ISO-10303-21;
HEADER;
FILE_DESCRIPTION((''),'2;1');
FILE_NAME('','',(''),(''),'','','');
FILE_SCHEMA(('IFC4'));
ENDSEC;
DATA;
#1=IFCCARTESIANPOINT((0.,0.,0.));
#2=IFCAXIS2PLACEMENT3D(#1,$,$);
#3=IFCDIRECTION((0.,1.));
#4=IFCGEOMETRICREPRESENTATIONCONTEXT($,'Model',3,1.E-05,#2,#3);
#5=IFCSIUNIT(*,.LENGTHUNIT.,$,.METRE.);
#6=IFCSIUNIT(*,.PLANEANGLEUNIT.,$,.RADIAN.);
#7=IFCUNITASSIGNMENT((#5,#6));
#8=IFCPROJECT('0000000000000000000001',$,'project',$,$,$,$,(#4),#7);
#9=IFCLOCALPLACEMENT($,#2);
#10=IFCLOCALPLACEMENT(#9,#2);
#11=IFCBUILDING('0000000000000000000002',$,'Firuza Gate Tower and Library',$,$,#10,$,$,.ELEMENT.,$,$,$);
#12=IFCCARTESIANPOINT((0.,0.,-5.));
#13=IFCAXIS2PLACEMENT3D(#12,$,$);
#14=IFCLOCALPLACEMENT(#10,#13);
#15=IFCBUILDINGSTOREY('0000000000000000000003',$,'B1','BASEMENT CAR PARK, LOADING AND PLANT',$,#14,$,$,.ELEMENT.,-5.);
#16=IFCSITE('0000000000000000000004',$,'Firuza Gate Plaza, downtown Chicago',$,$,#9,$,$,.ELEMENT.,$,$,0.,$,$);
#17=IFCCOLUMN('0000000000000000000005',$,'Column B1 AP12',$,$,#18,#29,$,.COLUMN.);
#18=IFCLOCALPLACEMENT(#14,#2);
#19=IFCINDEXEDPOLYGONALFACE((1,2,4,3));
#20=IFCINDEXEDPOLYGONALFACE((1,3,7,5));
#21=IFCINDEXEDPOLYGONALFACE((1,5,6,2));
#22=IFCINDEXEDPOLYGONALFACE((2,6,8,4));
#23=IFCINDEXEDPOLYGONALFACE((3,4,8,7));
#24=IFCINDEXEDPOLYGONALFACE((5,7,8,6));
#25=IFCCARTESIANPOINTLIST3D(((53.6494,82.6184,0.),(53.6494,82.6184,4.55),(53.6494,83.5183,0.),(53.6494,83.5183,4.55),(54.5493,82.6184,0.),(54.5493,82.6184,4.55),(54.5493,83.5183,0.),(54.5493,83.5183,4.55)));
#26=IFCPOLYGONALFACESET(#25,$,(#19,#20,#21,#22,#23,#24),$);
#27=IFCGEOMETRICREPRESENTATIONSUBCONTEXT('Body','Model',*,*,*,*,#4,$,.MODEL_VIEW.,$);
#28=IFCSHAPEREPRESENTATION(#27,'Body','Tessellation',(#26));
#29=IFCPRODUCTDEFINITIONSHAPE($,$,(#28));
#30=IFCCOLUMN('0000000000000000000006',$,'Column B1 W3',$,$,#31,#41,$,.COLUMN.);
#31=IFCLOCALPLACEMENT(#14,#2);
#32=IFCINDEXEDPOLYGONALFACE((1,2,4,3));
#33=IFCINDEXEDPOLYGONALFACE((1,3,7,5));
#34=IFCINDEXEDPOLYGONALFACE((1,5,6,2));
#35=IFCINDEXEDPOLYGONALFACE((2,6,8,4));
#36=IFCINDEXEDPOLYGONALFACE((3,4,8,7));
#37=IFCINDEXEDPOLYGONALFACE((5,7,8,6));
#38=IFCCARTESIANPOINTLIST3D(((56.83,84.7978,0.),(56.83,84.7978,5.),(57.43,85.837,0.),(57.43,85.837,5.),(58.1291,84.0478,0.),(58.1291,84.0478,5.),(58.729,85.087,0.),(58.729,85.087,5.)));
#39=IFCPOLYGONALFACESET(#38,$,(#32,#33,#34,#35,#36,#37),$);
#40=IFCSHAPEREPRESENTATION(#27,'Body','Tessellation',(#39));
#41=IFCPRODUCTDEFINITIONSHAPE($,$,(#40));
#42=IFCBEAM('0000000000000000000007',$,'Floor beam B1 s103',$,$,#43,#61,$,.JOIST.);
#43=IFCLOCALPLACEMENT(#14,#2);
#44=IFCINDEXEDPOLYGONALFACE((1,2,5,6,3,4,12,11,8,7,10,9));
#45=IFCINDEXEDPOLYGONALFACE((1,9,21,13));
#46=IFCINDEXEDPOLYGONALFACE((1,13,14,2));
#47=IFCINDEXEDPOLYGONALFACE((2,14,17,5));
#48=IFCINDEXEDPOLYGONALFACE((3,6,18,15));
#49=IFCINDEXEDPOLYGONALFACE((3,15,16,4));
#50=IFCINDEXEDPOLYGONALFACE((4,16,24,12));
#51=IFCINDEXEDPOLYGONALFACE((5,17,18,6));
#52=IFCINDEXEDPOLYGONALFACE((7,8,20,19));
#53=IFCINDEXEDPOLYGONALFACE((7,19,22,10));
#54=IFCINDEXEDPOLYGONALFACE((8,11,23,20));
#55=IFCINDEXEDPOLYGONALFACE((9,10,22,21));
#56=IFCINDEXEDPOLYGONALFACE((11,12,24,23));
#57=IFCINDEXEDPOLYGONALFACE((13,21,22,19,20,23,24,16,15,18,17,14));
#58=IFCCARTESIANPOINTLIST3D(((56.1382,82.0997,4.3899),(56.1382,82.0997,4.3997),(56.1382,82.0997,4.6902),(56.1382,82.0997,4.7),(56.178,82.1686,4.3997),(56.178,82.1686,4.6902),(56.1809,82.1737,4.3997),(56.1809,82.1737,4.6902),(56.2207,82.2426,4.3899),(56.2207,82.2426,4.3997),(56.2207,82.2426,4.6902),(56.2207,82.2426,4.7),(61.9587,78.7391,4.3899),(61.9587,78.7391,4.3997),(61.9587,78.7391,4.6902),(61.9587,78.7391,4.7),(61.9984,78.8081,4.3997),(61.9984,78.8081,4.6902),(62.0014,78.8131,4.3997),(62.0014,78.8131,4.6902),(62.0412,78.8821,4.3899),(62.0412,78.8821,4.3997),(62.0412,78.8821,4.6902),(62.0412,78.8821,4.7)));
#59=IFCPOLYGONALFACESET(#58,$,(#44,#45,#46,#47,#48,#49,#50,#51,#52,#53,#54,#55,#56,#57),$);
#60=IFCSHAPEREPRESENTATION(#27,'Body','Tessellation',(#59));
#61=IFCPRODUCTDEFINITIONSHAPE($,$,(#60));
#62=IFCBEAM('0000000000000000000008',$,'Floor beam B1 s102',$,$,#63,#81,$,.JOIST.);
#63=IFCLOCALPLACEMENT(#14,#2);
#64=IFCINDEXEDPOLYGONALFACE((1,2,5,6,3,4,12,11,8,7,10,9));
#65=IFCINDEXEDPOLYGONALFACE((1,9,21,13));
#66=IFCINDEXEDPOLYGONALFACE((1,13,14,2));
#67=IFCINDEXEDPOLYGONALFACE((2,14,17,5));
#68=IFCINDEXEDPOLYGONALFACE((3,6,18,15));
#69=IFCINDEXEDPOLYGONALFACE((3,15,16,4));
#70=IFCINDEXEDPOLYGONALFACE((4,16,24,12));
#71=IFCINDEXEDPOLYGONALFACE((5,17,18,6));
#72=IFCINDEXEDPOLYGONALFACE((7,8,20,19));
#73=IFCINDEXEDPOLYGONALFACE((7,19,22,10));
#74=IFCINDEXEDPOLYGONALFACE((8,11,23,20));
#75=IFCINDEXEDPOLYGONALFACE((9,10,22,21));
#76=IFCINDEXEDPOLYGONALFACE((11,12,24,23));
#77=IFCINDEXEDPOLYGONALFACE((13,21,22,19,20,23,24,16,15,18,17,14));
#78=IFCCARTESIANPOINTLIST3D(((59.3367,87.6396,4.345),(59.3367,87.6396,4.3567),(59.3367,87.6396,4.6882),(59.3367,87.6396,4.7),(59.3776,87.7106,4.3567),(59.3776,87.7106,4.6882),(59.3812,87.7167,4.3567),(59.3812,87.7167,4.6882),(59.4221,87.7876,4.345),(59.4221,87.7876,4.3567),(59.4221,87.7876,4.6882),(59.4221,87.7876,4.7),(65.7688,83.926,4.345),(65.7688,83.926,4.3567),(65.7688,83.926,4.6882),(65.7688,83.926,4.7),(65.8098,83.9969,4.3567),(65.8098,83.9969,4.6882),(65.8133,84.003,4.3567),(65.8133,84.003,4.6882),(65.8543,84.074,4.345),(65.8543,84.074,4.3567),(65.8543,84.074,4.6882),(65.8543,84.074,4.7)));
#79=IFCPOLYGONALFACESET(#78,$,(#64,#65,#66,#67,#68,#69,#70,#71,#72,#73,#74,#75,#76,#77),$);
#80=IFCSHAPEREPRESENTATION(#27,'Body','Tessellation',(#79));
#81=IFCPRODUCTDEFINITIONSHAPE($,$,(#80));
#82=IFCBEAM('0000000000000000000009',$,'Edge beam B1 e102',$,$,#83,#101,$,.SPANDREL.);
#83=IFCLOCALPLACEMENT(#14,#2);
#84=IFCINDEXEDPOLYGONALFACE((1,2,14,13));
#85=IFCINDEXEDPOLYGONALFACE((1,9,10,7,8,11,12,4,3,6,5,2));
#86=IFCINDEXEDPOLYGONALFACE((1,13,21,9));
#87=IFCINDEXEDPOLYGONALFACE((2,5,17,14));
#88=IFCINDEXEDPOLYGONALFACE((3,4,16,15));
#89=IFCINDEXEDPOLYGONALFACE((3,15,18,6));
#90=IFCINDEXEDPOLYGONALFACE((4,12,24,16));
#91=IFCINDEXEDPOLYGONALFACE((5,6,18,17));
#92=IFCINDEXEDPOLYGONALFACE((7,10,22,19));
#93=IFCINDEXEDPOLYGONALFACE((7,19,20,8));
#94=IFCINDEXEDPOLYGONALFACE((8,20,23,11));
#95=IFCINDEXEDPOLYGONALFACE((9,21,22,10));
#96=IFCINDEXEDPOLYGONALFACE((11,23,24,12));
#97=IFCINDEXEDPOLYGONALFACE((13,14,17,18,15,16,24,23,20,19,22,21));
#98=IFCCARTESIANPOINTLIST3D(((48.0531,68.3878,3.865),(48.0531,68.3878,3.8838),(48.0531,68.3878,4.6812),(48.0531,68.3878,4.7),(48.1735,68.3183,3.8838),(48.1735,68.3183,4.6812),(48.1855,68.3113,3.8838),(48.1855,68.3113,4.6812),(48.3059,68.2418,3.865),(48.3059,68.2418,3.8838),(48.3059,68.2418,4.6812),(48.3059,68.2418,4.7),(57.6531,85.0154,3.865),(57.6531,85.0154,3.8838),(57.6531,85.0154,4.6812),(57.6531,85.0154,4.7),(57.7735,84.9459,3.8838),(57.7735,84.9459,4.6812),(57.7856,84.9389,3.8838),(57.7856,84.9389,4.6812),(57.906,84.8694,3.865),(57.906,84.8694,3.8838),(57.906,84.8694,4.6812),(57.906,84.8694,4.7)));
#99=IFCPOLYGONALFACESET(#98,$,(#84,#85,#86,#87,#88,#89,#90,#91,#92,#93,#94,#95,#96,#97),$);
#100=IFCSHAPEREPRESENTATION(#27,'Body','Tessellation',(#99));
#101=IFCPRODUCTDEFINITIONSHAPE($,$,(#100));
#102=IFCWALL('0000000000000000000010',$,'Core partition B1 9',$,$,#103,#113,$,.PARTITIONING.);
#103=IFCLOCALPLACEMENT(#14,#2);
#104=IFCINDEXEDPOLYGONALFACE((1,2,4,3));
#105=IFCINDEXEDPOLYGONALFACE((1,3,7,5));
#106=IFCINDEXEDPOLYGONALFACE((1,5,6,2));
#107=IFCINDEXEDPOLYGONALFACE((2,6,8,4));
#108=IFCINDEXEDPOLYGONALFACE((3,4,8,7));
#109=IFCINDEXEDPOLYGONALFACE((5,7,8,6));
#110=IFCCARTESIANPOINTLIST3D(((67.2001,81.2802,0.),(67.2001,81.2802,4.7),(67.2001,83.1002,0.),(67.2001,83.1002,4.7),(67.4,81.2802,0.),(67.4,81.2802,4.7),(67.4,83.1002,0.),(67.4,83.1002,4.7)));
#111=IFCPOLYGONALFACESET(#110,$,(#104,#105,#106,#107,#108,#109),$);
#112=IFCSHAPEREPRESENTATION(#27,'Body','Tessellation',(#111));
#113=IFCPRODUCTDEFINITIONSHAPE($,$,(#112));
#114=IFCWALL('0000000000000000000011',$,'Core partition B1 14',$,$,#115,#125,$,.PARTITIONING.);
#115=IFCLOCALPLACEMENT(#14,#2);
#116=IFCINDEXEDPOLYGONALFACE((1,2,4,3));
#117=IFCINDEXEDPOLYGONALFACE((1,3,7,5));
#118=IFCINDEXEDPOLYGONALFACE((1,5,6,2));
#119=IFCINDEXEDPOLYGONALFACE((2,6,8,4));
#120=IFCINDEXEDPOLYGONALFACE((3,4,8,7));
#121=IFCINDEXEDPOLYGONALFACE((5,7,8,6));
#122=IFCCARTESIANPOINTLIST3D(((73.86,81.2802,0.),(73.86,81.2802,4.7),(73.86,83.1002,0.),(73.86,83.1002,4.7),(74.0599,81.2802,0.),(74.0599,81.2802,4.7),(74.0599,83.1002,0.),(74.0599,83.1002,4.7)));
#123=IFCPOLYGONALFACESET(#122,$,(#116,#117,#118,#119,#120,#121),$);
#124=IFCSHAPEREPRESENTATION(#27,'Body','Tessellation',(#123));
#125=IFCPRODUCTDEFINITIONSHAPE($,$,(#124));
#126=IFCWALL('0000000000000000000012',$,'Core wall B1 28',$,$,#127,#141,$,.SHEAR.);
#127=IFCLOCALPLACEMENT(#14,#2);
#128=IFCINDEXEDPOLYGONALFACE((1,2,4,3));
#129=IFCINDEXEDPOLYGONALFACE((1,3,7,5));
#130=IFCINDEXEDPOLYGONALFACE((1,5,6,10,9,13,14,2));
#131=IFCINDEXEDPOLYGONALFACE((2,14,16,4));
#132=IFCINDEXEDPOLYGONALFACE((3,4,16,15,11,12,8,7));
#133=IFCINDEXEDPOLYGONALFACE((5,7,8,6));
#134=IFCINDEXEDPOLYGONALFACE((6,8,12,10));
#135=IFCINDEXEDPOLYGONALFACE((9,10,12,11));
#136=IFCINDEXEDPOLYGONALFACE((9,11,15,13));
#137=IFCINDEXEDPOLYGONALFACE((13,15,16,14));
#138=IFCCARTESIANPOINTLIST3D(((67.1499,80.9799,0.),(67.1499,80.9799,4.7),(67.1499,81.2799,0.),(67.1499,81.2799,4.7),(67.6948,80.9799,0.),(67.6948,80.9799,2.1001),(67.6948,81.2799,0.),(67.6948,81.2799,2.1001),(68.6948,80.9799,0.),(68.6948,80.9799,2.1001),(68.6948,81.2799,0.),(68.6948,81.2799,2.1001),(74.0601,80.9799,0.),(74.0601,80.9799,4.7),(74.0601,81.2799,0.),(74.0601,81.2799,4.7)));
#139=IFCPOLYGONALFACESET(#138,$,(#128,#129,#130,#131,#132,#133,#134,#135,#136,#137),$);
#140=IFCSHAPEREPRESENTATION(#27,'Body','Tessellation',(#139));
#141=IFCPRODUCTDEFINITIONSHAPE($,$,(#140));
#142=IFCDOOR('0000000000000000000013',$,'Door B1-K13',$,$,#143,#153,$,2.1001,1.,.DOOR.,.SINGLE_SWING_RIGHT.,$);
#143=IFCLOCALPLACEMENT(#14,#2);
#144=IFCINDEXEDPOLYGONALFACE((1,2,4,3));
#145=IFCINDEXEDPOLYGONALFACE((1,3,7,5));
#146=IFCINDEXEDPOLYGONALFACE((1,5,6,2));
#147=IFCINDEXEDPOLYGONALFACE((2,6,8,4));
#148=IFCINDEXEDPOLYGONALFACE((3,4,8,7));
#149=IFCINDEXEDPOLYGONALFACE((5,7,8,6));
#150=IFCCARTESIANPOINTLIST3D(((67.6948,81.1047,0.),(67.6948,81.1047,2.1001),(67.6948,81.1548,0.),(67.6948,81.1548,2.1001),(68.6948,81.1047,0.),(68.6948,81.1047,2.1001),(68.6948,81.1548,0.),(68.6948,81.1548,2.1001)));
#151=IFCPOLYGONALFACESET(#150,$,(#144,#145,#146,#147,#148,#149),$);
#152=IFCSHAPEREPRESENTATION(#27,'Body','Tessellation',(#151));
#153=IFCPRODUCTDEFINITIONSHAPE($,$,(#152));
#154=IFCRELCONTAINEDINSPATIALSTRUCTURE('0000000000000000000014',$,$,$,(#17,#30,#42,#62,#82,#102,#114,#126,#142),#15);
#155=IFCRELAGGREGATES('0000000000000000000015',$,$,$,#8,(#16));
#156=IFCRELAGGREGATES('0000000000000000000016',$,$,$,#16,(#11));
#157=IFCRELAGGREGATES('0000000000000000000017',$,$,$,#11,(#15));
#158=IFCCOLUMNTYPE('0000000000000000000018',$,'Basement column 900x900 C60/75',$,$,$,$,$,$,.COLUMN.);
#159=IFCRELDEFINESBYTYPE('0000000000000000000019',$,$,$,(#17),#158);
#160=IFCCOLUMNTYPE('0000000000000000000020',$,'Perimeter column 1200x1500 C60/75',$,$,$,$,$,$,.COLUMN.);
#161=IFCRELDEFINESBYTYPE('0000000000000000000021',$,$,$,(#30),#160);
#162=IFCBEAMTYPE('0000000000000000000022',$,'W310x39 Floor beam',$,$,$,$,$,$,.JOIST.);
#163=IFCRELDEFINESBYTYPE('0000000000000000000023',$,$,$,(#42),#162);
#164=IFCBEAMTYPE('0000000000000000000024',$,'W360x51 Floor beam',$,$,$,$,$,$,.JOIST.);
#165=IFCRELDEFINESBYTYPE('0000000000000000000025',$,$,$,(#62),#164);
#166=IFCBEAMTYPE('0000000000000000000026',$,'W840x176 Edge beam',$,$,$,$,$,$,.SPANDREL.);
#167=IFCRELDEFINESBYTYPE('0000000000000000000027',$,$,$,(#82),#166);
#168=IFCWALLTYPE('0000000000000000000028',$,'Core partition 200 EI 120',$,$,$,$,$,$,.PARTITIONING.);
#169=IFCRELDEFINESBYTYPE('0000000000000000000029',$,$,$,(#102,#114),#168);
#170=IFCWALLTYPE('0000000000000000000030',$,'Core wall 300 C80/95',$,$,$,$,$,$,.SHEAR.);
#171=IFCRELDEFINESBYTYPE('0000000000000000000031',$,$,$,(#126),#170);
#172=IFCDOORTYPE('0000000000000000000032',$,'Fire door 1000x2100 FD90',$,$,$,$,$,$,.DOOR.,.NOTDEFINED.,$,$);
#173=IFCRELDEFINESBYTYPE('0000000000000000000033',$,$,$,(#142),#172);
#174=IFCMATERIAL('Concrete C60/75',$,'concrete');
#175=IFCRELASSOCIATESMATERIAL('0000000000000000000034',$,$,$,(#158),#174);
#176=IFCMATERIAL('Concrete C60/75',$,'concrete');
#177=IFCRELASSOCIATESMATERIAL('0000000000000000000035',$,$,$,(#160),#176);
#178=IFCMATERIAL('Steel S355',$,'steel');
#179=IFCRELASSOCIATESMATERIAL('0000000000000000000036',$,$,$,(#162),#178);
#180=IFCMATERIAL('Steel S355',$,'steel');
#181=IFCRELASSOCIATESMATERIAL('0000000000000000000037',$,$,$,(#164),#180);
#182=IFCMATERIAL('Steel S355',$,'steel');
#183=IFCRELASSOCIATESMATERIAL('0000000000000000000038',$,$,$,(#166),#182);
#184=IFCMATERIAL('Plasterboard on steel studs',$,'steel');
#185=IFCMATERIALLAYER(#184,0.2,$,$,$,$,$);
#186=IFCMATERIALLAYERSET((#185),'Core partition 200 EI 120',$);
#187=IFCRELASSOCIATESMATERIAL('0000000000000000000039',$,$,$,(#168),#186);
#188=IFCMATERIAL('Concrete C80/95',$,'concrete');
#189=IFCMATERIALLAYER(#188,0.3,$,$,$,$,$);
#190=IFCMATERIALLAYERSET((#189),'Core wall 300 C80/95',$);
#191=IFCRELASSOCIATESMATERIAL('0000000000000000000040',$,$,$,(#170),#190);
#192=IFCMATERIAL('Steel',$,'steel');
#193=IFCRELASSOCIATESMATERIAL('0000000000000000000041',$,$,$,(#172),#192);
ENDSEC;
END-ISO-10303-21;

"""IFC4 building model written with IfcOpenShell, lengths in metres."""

from ifc_helpers import new_model, si_unit, direction, frame, frame_2d, origin, origin_2d, place, context, subcontext, project, spatial, rectangle, i_section, extrude, material, layer, layer_set, material_profile, profile_set, type_object, element, fill, save


model = new_model("IFC4")

# Units and contexts
model_context = context("Model", 3, precision=1e-05, world=origin(), true_north=direction((0.0, 1.0)))
body_context = subcontext(model_context, "Body", "Model", "MODEL_VIEW")
ifc_project = project(units=[si_unit("LENGTHUNIT", "METRE"), si_unit("PLANEANGLEUNIT", "RADIAN")], contexts=[model_context])

# Site, building, storey
site_placement = place(None, origin())
site = spatial("IfcSite", under=ifc_project, at=site_placement, Name="Firuza Gate Plaza, downtown Chicago", CompositionType="ELEMENT", RefElevation=0.0)
building_placement = place(site_placement, origin())
building = spatial("IfcBuilding", under=site, at=building_placement, Name="Firuza Gate Tower and Library", CompositionType="ELEMENT")
storey_placement = place(building_placement, frame((0.0, 0.0, -5.0)))
storey = spatial("IfcBuildingStorey", under=building, at=storey_placement, Name="B1", Description="BASEMENT CAR PARK, LOADING AND PLANT", CompositionType="ELEMENT", Elevation=-5.0)

# Columns
ifc_material_1 = material(Name="Concrete C60/75", Category="concrete")
ifc_material_profile_1 = material_profile(ifc_material_1, rectangle(XDim=0.8999, YDim=0.8999, at=origin_2d()))
ifc_profile_set_1 = profile_set([ifc_material_profile_1], Name="Concrete C60/75")
column_type_1 = type_object("IfcColumnType", Name="Basement column 900x900 C60/75", PredefinedType="COLUMN", material=ifc_profile_set_1)
column_1_placement = place(storey_placement, frame((54.0994, 83.0684, 0.0), z_axis=(0.0, 0.0, 1.0), x_axis=(1.0, 0.0, 0.0)))
element("IfcColumn", 1, at=column_1_placement, inside=storey, type_object=column_type_1, Name="Column B1 AP12", PredefinedType="COLUMN", context=body_context, shape_type="SweptSolid", body=[
    extrude(rectangle(XDim=0.8999, YDim=0.8999, at=origin_2d()), origin(), (0.0, 0.0, 1.0), 4.55),
])
ifc_material_2 = material(Name="Concrete C60/75", Category="concrete")
ifc_material_profile_2 = material_profile(ifc_material_2, rectangle(XDim=1.2, YDim=1.5, at=origin_2d()))
ifc_profile_set_2 = profile_set([ifc_material_profile_2], Name="Concrete C60/75")
column_type_2 = type_object("IfcColumnType", Name="Perimeter column 1200x1500 C60/75", PredefinedType="COLUMN", material=ifc_profile_set_2)
column_2_placement = place(storey_placement, frame((57.7795, 84.9424, 0.0), z_axis=(0.0, 0.0, 1.0), x_axis=(-0.5, -0.866025, 0.0)))
element("IfcColumn", 2, at=column_2_placement, inside=storey, type_object=column_type_2, Name="Column B1 W3", PredefinedType="COLUMN", context=body_context, shape_type="SweptSolid", body=[
    extrude(rectangle(XDim=1.2, YDim=1.5, at=origin_2d()), origin(), (0.0, 0.0, 1.0), 5.0),
])

# Beams
ifc_material_3 = material(Name="Steel S355", Category="steel")
ifc_material_profile_3 = material_profile(ifc_material_3, i_section(OverallWidth=0.165, OverallDepth=0.3101, WebThickness=0.0059, FlangeThickness=0.0098, at=origin_2d()))
ifc_profile_set_3 = profile_set([ifc_material_profile_3], Name="Steel S355")
beam_type_1 = type_object("IfcBeamType", Name="W310x39 Floor beam", PredefinedType="JOIST", material=ifc_profile_set_3)
beam_1_placement = place(storey_placement, frame((56.1794, 82.1711, 4.5449), z_axis=(0.866019, -0.500011, 0.0), x_axis=(0.500011, 0.866019, 0.0)))
element("IfcBeam", 3, at=beam_1_placement, inside=storey, type_object=beam_type_1, Name="Floor beam B1 s103", PredefinedType="JOIST", context=body_context, shape_type="SweptSolid", body=[
    extrude(i_section(OverallWidth=0.165, OverallDepth=0.3101, WebThickness=0.0059, FlangeThickness=0.0098, at=origin_2d()), origin(), (0.0, 0.0, 1.0), 6.7209),
])
ifc_material_4 = material(Name="Steel S355", Category="steel")
ifc_material_profile_4 = material_profile(ifc_material_4, i_section(OverallWidth=0.1709, OverallDepth=0.355, WebThickness=0.0071, FlangeThickness=0.0117, at=origin_2d()))
ifc_profile_set_4 = profile_set([ifc_material_profile_4], Name="Steel S355")
beam_type_2 = type_object("IfcBeamType", Name="W360x51 Floor beam", PredefinedType="JOIST", material=ifc_profile_set_4)
beam_2_placement = place(storey_placement, frame((59.3794, 87.7136, 4.5225), z_axis=(0.866024, -0.500003, 0.0), x_axis=(0.500003, 0.866024, 0.0)))
element("IfcBeam", 4, at=beam_2_placement, inside=storey, type_object=beam_type_2, Name="Floor beam B1 s102", PredefinedType="JOIST", context=body_context, shape_type="SweptSolid", body=[
    extrude(i_section(OverallWidth=0.1709, OverallDepth=0.355, WebThickness=0.0071, FlangeThickness=0.0117, at=origin_2d()), origin(), (0.0, 0.0, 1.0), 7.4272),
])
ifc_material_5 = material(Name="Steel S355", Category="steel")
ifc_material_profile_5 = material_profile(ifc_material_5, i_section(OverallWidth=0.292, OverallDepth=0.835, WebThickness=0.0139, FlangeThickness=0.0188, at=origin_2d()))
ifc_profile_set_5 = profile_set([ifc_material_profile_5], Name="Steel S355")
beam_type_3 = type_object("IfcBeamType", Name="W840x176 Edge beam", PredefinedType="SPANDREL", material=ifc_profile_set_5)
beam_3_placement = place(storey_placement, frame((57.7795, 84.9424, 4.2825), z_axis=(-0.500004, -0.866023, 0.0), x_axis=(0.866023, -0.500004, 0.0)))
element("IfcBeam", 5, at=beam_3_placement, inside=storey, type_object=beam_type_3, Name="Edge beam B1 e102", PredefinedType="SPANDREL", context=body_context, shape_type="SweptSolid", body=[
    extrude(i_section(OverallWidth=0.292, OverallDepth=0.835, WebThickness=0.0139, FlangeThickness=0.0188, at=origin_2d()), origin(), (0.0, 0.0, 1.0), 19.2),
])

# Walls
ifc_material_6 = material(Name="Plasterboard on steel studs", Category="steel")
ifc_layer_1 = layer(ifc_material_6, 0.2)
ifc_layer_set_1 = layer_set([ifc_layer_1], Name="Core partition 200 EI 120")
wall_type_1 = type_object("IfcWallType", Name="Core partition 200 EI 120", PredefinedType="PARTITIONING", material=ifc_layer_set_1)
for number, where, z_axis, x_axis, name in (
    (6, (67.3, 81.28, 0.0), (0.0, 0.0, 1.0), (0.0, 1.0, 0.0), "Core partition B1 9"),
    (7, (73.96, 81.28, 0.0), (0.0, 0.0, 1.0), (0.0, 1.0, 0.0), "Core partition B1 14"),
):
    element("IfcWall", number, at=place(storey_placement, frame(where, z_axis=z_axis, x_axis=x_axis)), inside=storey, type_object=wall_type_1, Name=name, PredefinedType="PARTITIONING", context=body_context, shape_type="SweptSolid", body=[
        extrude(rectangle(XDim=1.8201, YDim=0.2, at=frame_2d((0.9102, 0.0))), origin(), (0.0, 0.0, 1.0), 4.7),
    ])

# Wall, opening, door
ifc_material_7 = material(Name="Concrete C80/95", Category="concrete")
ifc_layer_2 = layer(ifc_material_7, 0.3)
ifc_layer_set_2 = layer_set([ifc_layer_2], Name="Core wall 300 C80/95")
wall_type_2 = type_object("IfcWallType", Name="Core wall 300 C80/95", PredefinedType="SHEAR", material=ifc_layer_set_2)
wall_1_placement = place(storey_placement, frame((67.1499, 81.1299, 0.0), z_axis=(0.0, 0.0, 1.0), x_axis=(1.0, 0.0, 0.0)))
wall_1 = element("IfcWall", 8, at=wall_1_placement, inside=storey, type_object=wall_type_2, Name="Core wall B1 28", PredefinedType="SHEAR", context=body_context, shape_type="SweptSolid", body=[
    extrude(rectangle(XDim=6.9102, YDim=0.3, at=frame_2d((3.4551, 0.0))), origin(), (0.0, 0.0, 1.0), 4.7),
])
opening_1_placement = place(wall_1_placement, frame((0.5449, 0.0, 0.0)))
opening_1 = element("IfcOpeningElement", 9, at=opening_1_placement, cuts=wall_1, PredefinedType="OPENING", context=body_context, shape_type="SweptSolid", body=[
    extrude(rectangle(XDim=1.0, YDim=2.1001, at=frame_2d((0.5, 1.05))), frame((0.0, 0.1602, 0.0), z_axis=(0.0, -1.0, 0.0), x_axis=(1.0, 0.0, 0.0)), (0.0, 0.0, 1.0), 0.3201),
])
ifc_material_8 = material(Name="Steel", Category="steel")
door_type_1 = type_object("IfcDoorType", Name="Fire door 1000x2100 FD90", OperationType="NOTDEFINED", PredefinedType="DOOR", material=ifc_material_8)
door_1_placement = place(opening_1_placement, origin())
door_1 = element("IfcDoor", 10, at=door_1_placement, inside=storey, type_object=door_type_1, Name="Door B1-K13", OperationType="SINGLE_SWING_RIGHT", OverallHeight=2.1001, OverallWidth=1.0, PredefinedType="DOOR", context=body_context, shape_type="SweptSolid", body=[
    extrude(rectangle(XDim=1.0, YDim=2.1001, at=frame_2d((0.5, 1.05))), frame((0.0, 0.0249, 0.0), z_axis=(0.0, -1.0, 0.0), x_axis=(1.0, 0.0, 0.0)), (0.0, 0.0, 1.0), 0.05),
])
fill(opening_1, door_1)

save(model, "model.ifc")
